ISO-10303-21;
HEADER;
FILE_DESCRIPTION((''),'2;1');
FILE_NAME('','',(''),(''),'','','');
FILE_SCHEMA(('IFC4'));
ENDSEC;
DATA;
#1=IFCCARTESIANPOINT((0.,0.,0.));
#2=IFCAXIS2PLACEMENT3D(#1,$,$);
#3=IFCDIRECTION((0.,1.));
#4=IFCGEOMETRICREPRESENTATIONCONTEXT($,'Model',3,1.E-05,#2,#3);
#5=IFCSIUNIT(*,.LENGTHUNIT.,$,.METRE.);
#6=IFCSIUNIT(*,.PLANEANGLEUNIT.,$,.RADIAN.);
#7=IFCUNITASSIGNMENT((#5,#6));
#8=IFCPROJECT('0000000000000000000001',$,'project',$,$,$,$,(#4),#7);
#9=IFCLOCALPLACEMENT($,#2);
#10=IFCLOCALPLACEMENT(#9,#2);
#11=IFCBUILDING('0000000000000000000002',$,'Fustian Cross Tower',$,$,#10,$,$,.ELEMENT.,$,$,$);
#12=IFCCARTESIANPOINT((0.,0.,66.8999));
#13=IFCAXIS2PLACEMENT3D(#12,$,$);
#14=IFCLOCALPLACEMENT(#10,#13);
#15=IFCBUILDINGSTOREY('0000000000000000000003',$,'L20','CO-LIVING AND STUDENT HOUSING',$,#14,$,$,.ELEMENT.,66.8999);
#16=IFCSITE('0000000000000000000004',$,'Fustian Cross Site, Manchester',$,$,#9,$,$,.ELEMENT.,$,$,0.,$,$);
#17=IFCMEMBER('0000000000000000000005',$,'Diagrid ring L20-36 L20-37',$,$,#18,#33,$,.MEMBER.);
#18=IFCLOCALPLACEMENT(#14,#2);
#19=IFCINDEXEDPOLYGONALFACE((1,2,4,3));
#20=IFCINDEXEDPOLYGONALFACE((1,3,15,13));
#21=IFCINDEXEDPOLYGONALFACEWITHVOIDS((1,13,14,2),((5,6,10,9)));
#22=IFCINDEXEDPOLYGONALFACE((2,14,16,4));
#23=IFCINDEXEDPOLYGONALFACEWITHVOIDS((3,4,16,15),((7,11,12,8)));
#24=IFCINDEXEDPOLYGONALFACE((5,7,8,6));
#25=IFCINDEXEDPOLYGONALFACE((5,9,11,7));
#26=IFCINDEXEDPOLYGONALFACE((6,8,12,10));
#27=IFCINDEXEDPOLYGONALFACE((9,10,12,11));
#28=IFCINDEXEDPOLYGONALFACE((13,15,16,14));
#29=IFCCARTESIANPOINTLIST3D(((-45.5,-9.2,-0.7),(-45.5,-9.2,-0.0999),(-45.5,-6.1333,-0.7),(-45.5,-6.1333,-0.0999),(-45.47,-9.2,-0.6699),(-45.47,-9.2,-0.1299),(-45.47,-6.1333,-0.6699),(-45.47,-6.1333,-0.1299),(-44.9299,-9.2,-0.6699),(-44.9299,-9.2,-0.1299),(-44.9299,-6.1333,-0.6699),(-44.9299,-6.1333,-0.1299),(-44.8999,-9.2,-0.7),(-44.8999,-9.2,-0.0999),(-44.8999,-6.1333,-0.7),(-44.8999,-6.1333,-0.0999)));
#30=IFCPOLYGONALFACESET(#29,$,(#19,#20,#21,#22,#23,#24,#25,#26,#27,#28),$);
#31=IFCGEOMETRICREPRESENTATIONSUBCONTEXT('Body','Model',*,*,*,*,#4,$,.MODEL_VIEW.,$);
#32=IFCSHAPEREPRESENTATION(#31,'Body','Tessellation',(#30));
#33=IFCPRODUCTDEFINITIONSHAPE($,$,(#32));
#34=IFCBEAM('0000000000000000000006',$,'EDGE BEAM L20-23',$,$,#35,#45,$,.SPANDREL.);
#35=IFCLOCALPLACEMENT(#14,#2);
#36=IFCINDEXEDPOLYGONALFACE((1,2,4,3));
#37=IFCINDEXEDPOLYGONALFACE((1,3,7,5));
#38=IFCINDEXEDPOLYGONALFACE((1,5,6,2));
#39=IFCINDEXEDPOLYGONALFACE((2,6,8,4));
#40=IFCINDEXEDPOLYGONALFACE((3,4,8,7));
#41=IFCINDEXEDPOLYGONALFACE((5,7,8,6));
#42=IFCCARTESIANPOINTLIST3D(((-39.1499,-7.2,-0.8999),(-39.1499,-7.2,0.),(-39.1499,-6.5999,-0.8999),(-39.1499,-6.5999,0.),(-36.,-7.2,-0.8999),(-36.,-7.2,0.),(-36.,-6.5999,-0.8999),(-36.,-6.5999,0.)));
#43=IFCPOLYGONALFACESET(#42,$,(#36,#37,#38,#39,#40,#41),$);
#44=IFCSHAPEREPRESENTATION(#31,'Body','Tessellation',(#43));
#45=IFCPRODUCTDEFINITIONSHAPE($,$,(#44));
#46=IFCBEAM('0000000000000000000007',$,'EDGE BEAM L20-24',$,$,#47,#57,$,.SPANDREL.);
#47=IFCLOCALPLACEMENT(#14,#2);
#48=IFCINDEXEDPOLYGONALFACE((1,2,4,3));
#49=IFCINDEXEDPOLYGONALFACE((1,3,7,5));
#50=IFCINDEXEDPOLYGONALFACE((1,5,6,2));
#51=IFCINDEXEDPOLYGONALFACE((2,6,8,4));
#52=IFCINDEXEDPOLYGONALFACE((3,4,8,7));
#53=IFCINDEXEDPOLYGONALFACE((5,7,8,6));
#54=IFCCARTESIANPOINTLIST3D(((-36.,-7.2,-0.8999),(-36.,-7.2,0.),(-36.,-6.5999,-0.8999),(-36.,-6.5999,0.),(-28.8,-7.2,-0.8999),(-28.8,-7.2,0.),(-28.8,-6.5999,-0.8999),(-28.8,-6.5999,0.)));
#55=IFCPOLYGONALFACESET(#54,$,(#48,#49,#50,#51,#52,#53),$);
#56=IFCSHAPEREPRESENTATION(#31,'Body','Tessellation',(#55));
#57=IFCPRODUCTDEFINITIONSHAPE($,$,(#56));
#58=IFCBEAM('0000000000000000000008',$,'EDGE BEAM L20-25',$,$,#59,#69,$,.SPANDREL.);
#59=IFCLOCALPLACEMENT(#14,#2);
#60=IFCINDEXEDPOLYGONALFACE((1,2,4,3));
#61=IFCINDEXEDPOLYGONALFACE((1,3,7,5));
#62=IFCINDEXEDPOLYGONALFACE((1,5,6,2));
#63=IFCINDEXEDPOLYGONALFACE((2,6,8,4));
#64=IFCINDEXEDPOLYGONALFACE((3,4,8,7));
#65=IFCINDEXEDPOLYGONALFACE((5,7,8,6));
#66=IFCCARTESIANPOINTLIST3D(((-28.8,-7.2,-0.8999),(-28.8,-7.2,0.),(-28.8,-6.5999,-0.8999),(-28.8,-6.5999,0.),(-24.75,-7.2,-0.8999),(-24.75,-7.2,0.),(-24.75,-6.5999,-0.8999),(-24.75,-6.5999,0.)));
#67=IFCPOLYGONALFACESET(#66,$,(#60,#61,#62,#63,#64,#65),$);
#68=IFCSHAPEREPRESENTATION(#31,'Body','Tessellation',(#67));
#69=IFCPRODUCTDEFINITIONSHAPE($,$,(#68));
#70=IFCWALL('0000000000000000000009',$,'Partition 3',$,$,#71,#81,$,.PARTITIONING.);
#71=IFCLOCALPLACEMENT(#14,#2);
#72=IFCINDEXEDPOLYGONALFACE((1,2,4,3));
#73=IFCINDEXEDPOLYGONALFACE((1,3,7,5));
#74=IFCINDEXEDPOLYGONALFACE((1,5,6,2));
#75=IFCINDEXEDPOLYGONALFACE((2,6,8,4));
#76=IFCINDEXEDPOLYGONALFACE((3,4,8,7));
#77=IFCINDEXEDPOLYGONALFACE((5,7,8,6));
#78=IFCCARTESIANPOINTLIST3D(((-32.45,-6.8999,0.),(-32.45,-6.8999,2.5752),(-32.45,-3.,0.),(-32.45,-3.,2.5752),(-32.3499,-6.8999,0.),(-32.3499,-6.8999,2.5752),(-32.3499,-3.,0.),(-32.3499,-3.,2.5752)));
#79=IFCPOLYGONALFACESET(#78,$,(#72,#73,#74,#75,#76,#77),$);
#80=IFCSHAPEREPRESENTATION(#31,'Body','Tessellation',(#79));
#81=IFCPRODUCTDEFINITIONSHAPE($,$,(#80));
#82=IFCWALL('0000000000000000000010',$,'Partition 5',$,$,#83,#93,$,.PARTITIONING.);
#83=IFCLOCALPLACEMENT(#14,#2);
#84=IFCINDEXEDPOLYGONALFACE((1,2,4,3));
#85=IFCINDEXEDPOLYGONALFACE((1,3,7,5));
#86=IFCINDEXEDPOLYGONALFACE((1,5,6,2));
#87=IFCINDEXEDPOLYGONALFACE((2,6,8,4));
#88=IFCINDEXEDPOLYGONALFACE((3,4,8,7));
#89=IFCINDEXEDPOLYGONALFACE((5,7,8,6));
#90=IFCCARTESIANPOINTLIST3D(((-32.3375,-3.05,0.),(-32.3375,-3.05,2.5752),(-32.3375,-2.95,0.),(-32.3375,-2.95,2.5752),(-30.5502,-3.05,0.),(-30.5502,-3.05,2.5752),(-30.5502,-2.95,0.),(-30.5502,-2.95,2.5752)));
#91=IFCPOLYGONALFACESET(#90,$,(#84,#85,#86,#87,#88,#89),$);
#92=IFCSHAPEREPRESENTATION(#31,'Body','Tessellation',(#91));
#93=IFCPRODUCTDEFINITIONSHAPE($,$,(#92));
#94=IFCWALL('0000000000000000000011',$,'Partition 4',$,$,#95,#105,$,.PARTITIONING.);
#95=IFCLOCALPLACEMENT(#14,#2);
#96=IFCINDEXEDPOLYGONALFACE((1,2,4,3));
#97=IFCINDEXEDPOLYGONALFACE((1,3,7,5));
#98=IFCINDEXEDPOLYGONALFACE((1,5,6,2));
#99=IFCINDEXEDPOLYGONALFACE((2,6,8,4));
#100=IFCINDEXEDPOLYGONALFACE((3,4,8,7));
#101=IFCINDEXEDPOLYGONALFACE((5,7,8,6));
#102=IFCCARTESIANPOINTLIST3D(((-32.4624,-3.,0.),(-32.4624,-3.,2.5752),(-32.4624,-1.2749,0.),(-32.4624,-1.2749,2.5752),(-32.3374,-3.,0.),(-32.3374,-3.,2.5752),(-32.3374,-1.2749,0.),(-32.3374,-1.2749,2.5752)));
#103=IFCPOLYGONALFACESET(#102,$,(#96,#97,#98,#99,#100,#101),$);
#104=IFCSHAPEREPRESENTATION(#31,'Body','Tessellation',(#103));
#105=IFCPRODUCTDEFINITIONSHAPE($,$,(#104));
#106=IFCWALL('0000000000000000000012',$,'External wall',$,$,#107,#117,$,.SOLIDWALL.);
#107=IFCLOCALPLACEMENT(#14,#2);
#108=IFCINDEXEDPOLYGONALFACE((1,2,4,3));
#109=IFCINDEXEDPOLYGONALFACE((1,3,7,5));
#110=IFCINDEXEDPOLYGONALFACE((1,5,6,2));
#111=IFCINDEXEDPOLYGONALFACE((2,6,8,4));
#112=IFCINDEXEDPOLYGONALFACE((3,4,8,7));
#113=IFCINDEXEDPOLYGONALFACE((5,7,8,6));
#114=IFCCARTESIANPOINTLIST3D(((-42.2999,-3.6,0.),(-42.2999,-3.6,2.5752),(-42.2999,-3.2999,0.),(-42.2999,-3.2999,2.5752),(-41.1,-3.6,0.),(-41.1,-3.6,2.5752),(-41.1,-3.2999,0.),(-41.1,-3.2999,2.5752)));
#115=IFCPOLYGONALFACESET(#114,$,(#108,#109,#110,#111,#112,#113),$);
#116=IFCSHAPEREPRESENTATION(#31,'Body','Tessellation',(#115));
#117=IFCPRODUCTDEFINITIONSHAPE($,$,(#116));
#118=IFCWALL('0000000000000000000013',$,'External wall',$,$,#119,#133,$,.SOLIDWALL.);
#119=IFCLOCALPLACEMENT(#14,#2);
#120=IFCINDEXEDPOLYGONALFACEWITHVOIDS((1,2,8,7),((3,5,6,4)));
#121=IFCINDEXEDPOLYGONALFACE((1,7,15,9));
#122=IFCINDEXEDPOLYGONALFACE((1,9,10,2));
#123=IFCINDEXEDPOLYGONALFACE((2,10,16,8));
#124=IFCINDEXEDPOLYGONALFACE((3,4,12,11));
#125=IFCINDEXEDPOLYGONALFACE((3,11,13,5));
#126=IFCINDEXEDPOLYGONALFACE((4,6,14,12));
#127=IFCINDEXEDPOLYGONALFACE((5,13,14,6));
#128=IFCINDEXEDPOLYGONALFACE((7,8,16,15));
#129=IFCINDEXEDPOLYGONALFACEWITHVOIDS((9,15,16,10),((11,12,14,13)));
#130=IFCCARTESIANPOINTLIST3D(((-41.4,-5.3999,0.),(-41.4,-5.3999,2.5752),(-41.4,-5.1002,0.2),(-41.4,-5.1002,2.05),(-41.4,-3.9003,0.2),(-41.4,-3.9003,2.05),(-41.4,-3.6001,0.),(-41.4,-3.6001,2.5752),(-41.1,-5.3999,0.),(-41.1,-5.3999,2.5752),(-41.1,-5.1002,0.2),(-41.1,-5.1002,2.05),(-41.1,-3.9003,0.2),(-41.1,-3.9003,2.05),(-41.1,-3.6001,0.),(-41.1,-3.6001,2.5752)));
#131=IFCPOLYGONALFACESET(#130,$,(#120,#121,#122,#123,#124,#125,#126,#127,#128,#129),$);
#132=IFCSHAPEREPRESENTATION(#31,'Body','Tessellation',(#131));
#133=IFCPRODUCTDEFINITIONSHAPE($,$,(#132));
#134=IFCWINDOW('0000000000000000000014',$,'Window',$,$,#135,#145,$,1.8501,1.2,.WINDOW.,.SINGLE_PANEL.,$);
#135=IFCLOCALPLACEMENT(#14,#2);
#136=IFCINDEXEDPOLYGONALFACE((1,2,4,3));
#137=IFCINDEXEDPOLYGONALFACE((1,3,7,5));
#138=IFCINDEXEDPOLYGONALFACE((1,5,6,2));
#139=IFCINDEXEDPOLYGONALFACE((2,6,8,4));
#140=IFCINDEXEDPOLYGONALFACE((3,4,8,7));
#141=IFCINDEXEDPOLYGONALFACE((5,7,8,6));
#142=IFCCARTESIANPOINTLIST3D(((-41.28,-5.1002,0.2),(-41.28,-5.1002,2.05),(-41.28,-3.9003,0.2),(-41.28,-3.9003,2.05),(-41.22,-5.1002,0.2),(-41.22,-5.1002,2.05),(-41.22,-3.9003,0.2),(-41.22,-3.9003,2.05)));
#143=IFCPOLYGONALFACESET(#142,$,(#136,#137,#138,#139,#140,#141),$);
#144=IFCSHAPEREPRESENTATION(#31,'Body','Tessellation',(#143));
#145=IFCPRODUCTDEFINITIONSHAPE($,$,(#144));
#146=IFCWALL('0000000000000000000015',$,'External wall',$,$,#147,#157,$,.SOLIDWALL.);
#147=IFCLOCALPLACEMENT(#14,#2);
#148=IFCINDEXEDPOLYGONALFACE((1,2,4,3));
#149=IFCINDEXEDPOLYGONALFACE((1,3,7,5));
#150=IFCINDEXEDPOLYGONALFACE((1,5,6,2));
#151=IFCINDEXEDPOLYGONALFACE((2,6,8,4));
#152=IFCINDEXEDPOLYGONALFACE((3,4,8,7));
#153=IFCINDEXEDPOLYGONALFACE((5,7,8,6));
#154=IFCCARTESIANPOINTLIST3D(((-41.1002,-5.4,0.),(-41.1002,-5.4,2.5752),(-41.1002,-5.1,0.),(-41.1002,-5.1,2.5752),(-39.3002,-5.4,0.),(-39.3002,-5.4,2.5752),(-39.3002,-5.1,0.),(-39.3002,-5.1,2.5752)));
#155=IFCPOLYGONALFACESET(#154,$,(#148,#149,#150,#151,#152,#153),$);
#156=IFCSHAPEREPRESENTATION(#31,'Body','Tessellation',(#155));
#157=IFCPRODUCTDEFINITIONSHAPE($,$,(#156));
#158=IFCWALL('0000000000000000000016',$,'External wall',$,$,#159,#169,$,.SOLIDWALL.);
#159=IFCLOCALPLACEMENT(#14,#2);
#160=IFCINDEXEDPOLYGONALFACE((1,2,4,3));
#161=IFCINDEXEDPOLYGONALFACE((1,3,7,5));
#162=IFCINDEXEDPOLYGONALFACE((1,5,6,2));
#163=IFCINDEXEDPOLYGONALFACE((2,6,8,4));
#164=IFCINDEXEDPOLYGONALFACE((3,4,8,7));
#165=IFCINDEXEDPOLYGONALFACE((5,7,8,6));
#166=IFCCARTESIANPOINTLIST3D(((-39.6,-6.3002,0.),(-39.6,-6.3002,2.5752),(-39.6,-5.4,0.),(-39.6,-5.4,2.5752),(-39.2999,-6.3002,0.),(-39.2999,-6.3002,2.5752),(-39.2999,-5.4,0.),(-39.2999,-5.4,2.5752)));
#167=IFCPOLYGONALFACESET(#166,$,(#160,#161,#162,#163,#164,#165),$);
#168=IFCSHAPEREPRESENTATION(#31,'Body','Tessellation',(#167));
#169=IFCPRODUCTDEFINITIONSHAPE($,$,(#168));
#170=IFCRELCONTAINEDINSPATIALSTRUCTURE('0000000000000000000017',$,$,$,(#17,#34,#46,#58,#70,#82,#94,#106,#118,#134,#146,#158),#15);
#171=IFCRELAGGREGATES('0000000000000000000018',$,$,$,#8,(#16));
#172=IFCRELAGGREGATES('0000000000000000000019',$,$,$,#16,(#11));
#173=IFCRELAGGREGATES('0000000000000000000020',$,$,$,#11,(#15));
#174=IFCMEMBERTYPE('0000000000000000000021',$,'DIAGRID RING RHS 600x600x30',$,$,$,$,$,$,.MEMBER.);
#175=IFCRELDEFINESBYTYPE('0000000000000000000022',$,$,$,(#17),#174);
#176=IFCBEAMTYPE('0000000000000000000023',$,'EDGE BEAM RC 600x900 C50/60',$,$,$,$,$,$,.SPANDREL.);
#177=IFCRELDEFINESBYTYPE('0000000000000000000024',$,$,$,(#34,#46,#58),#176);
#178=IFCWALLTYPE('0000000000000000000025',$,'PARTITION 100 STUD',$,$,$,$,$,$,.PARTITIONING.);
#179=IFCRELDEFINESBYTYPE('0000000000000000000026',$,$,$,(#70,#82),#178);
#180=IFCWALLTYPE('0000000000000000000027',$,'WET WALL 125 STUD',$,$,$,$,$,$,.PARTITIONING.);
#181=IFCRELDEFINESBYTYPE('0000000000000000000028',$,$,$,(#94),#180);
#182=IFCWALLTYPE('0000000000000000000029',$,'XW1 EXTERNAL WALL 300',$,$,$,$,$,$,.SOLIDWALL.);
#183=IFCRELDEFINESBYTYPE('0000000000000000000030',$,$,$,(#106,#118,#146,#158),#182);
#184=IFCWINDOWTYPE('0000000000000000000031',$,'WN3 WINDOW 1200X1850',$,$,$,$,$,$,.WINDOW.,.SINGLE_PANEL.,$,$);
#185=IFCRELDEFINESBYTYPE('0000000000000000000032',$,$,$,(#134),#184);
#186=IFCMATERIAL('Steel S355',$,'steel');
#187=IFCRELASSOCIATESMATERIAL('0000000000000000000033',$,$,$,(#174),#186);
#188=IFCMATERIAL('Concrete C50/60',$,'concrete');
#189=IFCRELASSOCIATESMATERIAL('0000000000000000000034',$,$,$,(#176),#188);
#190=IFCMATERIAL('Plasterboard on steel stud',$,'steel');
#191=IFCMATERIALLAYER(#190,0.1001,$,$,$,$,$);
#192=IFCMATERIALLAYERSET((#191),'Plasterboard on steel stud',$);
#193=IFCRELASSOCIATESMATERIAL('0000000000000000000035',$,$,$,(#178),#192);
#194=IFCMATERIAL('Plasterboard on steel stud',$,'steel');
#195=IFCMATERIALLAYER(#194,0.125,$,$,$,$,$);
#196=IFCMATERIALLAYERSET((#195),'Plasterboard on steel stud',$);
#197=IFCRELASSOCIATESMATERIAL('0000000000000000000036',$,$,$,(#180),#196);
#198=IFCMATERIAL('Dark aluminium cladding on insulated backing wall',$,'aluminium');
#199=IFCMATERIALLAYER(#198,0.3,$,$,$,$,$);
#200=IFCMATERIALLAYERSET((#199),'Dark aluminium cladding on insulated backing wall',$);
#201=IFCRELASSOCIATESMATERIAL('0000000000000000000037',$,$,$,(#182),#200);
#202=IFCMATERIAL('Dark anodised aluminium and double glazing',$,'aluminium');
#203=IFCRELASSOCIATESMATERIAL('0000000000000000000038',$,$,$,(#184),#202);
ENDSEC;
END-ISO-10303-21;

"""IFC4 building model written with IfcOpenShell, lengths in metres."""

from ifc_helpers import new_model, si_unit, direction, frame, frame_2d, origin, origin_2d, place, context, subcontext, project, spatial, rectangle, hollow_rectangle, extrude, material, layer, layer_set, material_profile, profile_set, type_object, element, fill, save


model = new_model("IFC4")

# Units and contexts
model_context = context("Model", 3, precision=1e-05, world=origin(), true_north=direction((0.0, 1.0)))
body_context = subcontext(model_context, "Body", "Model", "MODEL_VIEW")
ifc_project = project(units=[si_unit("LENGTHUNIT", "METRE"), si_unit("PLANEANGLEUNIT", "RADIAN")], contexts=[model_context])

# Site, building, storey
site_placement = place(None, origin())
site = spatial("IfcSite", under=ifc_project, at=site_placement, Name="Fustian Cross Site, Manchester", CompositionType="ELEMENT", RefElevation=0.0)
building_placement = place(site_placement, origin())
building = spatial("IfcBuilding", under=site, at=building_placement, Name="Fustian Cross Tower", CompositionType="ELEMENT")
storey_placement = place(building_placement, frame((0.0, 0.0, 66.8999)))
storey = spatial("IfcBuildingStorey", under=building, at=storey_placement, Name="L20", Description="CO-LIVING AND STUDENT HOUSING", CompositionType="ELEMENT", Elevation=66.8999)

# Member
ifc_material_1 = material(Name="Steel S355", Category="steel")
ifc_material_profile_1 = material_profile(ifc_material_1, hollow_rectangle(XDim=0.6001, YDim=0.6001, WallThickness=0.03, at=origin_2d()), Name="RHS 600x600x30")
ifc_profile_set_1 = profile_set([ifc_material_profile_1], Name="Steel S355")
member_type_1 = type_object("IfcMemberType", Name="DIAGRID RING RHS 600x600x30", PredefinedType="MEMBER", material=ifc_profile_set_1)
member_placement = place(storey_placement, frame((-45.2, -6.1333, -0.3999), z_axis=(0.0, -1.0, 0.0), x_axis=(1.0, 0.0, 0.0)))
element("IfcMember", 1, at=member_placement, inside=storey, type_object=member_type_1, Name="Diagrid ring L20-36 L20-37", PredefinedType="MEMBER", context=body_context, shape_type="SweptSolid", body=[
    extrude(hollow_rectangle(XDim=0.6001, YDim=0.6001, WallThickness=0.03, at=origin_2d()), origin(), (0.0, 0.0, 1.0), 3.0667),
])

# Beams
ifc_material_2 = material(Name="Concrete C50/60", Category="concrete")
ifc_material_profile_2 = material_profile(ifc_material_2, rectangle(XDim=0.6001, YDim=0.8999, at=origin_2d()), Name="RC 600x900")
ifc_profile_set_2 = profile_set([ifc_material_profile_2], Name="Concrete C50/60")
beam_type = type_object("IfcBeamType", Name="EDGE BEAM RC 600x900 C50/60", PredefinedType="SPANDREL", material=ifc_profile_set_2)
beam_1_placement = place(storey_placement, frame((-39.1499, -6.8999, -0.45), z_axis=(1.0, 0.0, 0.0), x_axis=(0.0, 1.0, 0.0)))
element("IfcBeam", 2, at=beam_1_placement, inside=storey, type_object=beam_type, Name="EDGE BEAM L20-23", PredefinedType="SPANDREL", context=body_context, shape_type="SweptSolid", body=[
    extrude(rectangle(XDim=0.6001, YDim=0.8999, at=origin_2d()), origin(), (0.0, 0.0, 1.0), 3.1499),
])
beam_2_placement = place(storey_placement, frame((-36.0, -6.8999, -0.45), z_axis=(1.0, 0.0, 0.0), x_axis=(0.0, 1.0, 0.0)))
element("IfcBeam", 3, at=beam_2_placement, inside=storey, type_object=beam_type, Name="EDGE BEAM L20-24", PredefinedType="SPANDREL", context=body_context, shape_type="SweptSolid", body=[
    extrude(rectangle(XDim=0.6001, YDim=0.8999, at=origin_2d()), origin(), (0.0, 0.0, 1.0), 7.2),
])
beam_3_placement = place(storey_placement, frame((-28.8, -6.8999, -0.45), z_axis=(1.0, 0.0, 0.0), x_axis=(0.0, 1.0, 0.0)))
element("IfcBeam", 4, at=beam_3_placement, inside=storey, type_object=beam_type, Name="EDGE BEAM L20-25", PredefinedType="SPANDREL", context=body_context, shape_type="SweptSolid", body=[
    extrude(rectangle(XDim=0.6001, YDim=0.8999, at=origin_2d()), origin(), (0.0, 0.0, 1.0), 4.05),
])

# Walls
ifc_material_3 = material(Name="Plasterboard on steel stud", Category="steel")
ifc_layer_1 = layer(ifc_material_3, 0.1001)
ifc_layer_set_1 = layer_set([ifc_layer_1], Name="Plasterboard on steel stud")
wall_type_1 = type_object("IfcWallType", Name="PARTITION 100 STUD", PredefinedType="PARTITIONING", material=ifc_layer_set_1)
wall_1_placement = place(storey_placement, frame((-32.3999, -6.8999, 0.0), z_axis=(0.0, 0.0, 1.0), x_axis=(0.0, 1.0, 0.0)))
element("IfcWall", 5, at=wall_1_placement, inside=storey, type_object=wall_type_1, Name="Partition 3", PredefinedType="PARTITIONING", context=body_context, shape_type="SweptSolid", body=[
    extrude(rectangle(XDim=3.8999, YDim=0.1001, at=frame_2d((1.95, 0.0))), origin(), (0.0, 0.0, 1.0), 2.5752),
])
wall_2_placement = place(storey_placement, frame((-32.3374, -3.0, 0.0), z_axis=(0.0, 0.0, 1.0), x_axis=(1.0, 0.0, 0.0)))
element("IfcWall", 6, at=wall_2_placement, inside=storey, type_object=wall_type_1, Name="Partition 5", PredefinedType="PARTITIONING", context=body_context, shape_type="SweptSolid", body=[
    extrude(rectangle(XDim=1.7874, YDim=0.1001, at=frame_2d((0.8936, 0.0))), origin(), (0.0, 0.0, 1.0), 2.5752),
])
ifc_material_4 = material(Name="Plasterboard on steel stud", Category="steel")
ifc_layer_2 = layer(ifc_material_4, 0.125)
ifc_layer_set_2 = layer_set([ifc_layer_2], Name="Plasterboard on steel stud")
wall_type_2 = type_object("IfcWallType", Name="WET WALL 125 STUD", PredefinedType="PARTITIONING", material=ifc_layer_set_2)
wall_3_placement = place(storey_placement, frame((-32.3999, -3.0, 0.0), z_axis=(0.0, 0.0, 1.0), x_axis=(0.0, 1.0, 0.0)))
element("IfcWall", 7, at=wall_3_placement, inside=storey, type_object=wall_type_2, Name="Partition 4", PredefinedType="PARTITIONING", context=body_context, shape_type="SweptSolid", body=[
    extrude(rectangle(XDim=1.7251, YDim=0.125, at=frame_2d((0.8625, 0.0))), origin(), (0.0, 0.0, 1.0), 2.5752),
])
ifc_material_5 = material(Name="Dark aluminium cladding on insulated backing wall", Category="aluminium")
ifc_layer_3 = layer(ifc_material_5, 0.3)
ifc_layer_set_3 = layer_set([ifc_layer_3], Name="Dark aluminium cladding on insulated backing wall")
wall_type_3 = type_object("IfcWallType", Name="XW1 EXTERNAL WALL 300", PredefinedType="SOLIDWALL", material=ifc_layer_set_3)
wall_4_placement = place(storey_placement, frame((-42.3, -3.45, 0.0), z_axis=(0.0, 0.0, 1.0), x_axis=(1.0, 0.0, 0.0)))
element("IfcWall", 8, at=wall_4_placement, inside=storey, type_object=wall_type_3, Name="External wall", PredefinedType="SOLIDWALL", context=body_context, shape_type="SweptSolid", body=[
    extrude(rectangle(XDim=1.2, YDim=0.3, at=frame_2d((0.6001, 0.0))), origin(), (0.0, 0.0, 1.0), 2.5752),
])

# Wall, opening, window
wall_5_placement = place(storey_placement, frame((-41.25, -3.6001, 0.0), z_axis=(0.0, 0.0, 1.0), x_axis=(0.0, -1.0, 0.0)))
wall_5 = element("IfcWall", 9, at=wall_5_placement, inside=storey, type_object=wall_type_3, Name="External wall", PredefinedType="SOLIDWALL", context=body_context, shape_type="SweptSolid", body=[
    extrude(rectangle(XDim=1.7998, YDim=0.3, at=frame_2d((0.8999, 0.0))), origin(), (0.0, 0.0, 1.0), 2.5752),
])
opening_1_placement = place(wall_5_placement, frame((0.3, 0.0, 0.2)))
opening_1 = element("IfcOpeningElement", 10, at=opening_1_placement, cuts=wall_5, PredefinedType="OPENING", context=body_context, shape_type="SweptSolid", body=[
    extrude(rectangle(XDim=1.2, YDim=1.8501, at=frame_2d((0.6001, 0.925))), frame((0.0, 0.1599, 0.0), z_axis=(0.0, -1.0, 0.0), x_axis=(1.0, 0.0, 0.0)), (0.0, 0.0, 1.0), 0.3201),
])
ifc_material_6 = material(Name="Dark anodised aluminium and double glazing", Category="aluminium")
window_type_1 = type_object("IfcWindowType", Name="WN3 WINDOW 1200X1850", PartitioningType="SINGLE_PANEL", PredefinedType="WINDOW", material=ifc_material_6)
window_1_placement = place(opening_1_placement, origin())
window_1 = element("IfcWindow", 11, at=window_1_placement, inside=storey, type_object=window_type_1, Name="Window", OverallHeight=1.8501, OverallWidth=1.2, PartitioningType="SINGLE_PANEL", PredefinedType="WINDOW", context=body_context, shape_type="SweptSolid", body=[
    extrude(rectangle(XDim=1.2, YDim=1.8501, at=frame_2d((0.6001, 0.925))), frame((0.0, 0.03, 0.0), z_axis=(0.0, -1.0, 0.0), x_axis=(1.0, 0.0, 0.0)), (0.0, 0.0, 1.0), 0.0601),
])
fill(opening_1, window_1)

# Walls
wall_6_placement = place(storey_placement, frame((-41.1001, -5.25, 0.0), z_axis=(0.0, 0.0, 1.0), x_axis=(1.0, 0.0, 0.0)))
element("IfcWall", 12, at=wall_6_placement, inside=storey, type_object=wall_type_3, Name="External wall", PredefinedType="SOLIDWALL", context=body_context, shape_type="SweptSolid", body=[
    extrude(rectangle(XDim=1.8, YDim=0.3, at=frame_2d((0.8999, 0.0))), origin(), (0.0, 0.0, 1.0), 2.5752),
])
wall_7_placement = place(storey_placement, frame((-39.45, -5.3999, 0.0), z_axis=(0.0, 0.0, 1.0), x_axis=(0.0, -1.0, 0.0)))
element("IfcWall", 13, at=wall_7_placement, inside=storey, type_object=wall_type_3, Name="External wall", PredefinedType="SOLIDWALL", context=body_context, shape_type="SweptSolid", body=[
    extrude(rectangle(XDim=0.9001, YDim=0.3, at=frame_2d((0.4502, 0.0))), origin(), (0.0, 0.0, 1.0), 2.5752),
])

save(model, "model.ifc")
